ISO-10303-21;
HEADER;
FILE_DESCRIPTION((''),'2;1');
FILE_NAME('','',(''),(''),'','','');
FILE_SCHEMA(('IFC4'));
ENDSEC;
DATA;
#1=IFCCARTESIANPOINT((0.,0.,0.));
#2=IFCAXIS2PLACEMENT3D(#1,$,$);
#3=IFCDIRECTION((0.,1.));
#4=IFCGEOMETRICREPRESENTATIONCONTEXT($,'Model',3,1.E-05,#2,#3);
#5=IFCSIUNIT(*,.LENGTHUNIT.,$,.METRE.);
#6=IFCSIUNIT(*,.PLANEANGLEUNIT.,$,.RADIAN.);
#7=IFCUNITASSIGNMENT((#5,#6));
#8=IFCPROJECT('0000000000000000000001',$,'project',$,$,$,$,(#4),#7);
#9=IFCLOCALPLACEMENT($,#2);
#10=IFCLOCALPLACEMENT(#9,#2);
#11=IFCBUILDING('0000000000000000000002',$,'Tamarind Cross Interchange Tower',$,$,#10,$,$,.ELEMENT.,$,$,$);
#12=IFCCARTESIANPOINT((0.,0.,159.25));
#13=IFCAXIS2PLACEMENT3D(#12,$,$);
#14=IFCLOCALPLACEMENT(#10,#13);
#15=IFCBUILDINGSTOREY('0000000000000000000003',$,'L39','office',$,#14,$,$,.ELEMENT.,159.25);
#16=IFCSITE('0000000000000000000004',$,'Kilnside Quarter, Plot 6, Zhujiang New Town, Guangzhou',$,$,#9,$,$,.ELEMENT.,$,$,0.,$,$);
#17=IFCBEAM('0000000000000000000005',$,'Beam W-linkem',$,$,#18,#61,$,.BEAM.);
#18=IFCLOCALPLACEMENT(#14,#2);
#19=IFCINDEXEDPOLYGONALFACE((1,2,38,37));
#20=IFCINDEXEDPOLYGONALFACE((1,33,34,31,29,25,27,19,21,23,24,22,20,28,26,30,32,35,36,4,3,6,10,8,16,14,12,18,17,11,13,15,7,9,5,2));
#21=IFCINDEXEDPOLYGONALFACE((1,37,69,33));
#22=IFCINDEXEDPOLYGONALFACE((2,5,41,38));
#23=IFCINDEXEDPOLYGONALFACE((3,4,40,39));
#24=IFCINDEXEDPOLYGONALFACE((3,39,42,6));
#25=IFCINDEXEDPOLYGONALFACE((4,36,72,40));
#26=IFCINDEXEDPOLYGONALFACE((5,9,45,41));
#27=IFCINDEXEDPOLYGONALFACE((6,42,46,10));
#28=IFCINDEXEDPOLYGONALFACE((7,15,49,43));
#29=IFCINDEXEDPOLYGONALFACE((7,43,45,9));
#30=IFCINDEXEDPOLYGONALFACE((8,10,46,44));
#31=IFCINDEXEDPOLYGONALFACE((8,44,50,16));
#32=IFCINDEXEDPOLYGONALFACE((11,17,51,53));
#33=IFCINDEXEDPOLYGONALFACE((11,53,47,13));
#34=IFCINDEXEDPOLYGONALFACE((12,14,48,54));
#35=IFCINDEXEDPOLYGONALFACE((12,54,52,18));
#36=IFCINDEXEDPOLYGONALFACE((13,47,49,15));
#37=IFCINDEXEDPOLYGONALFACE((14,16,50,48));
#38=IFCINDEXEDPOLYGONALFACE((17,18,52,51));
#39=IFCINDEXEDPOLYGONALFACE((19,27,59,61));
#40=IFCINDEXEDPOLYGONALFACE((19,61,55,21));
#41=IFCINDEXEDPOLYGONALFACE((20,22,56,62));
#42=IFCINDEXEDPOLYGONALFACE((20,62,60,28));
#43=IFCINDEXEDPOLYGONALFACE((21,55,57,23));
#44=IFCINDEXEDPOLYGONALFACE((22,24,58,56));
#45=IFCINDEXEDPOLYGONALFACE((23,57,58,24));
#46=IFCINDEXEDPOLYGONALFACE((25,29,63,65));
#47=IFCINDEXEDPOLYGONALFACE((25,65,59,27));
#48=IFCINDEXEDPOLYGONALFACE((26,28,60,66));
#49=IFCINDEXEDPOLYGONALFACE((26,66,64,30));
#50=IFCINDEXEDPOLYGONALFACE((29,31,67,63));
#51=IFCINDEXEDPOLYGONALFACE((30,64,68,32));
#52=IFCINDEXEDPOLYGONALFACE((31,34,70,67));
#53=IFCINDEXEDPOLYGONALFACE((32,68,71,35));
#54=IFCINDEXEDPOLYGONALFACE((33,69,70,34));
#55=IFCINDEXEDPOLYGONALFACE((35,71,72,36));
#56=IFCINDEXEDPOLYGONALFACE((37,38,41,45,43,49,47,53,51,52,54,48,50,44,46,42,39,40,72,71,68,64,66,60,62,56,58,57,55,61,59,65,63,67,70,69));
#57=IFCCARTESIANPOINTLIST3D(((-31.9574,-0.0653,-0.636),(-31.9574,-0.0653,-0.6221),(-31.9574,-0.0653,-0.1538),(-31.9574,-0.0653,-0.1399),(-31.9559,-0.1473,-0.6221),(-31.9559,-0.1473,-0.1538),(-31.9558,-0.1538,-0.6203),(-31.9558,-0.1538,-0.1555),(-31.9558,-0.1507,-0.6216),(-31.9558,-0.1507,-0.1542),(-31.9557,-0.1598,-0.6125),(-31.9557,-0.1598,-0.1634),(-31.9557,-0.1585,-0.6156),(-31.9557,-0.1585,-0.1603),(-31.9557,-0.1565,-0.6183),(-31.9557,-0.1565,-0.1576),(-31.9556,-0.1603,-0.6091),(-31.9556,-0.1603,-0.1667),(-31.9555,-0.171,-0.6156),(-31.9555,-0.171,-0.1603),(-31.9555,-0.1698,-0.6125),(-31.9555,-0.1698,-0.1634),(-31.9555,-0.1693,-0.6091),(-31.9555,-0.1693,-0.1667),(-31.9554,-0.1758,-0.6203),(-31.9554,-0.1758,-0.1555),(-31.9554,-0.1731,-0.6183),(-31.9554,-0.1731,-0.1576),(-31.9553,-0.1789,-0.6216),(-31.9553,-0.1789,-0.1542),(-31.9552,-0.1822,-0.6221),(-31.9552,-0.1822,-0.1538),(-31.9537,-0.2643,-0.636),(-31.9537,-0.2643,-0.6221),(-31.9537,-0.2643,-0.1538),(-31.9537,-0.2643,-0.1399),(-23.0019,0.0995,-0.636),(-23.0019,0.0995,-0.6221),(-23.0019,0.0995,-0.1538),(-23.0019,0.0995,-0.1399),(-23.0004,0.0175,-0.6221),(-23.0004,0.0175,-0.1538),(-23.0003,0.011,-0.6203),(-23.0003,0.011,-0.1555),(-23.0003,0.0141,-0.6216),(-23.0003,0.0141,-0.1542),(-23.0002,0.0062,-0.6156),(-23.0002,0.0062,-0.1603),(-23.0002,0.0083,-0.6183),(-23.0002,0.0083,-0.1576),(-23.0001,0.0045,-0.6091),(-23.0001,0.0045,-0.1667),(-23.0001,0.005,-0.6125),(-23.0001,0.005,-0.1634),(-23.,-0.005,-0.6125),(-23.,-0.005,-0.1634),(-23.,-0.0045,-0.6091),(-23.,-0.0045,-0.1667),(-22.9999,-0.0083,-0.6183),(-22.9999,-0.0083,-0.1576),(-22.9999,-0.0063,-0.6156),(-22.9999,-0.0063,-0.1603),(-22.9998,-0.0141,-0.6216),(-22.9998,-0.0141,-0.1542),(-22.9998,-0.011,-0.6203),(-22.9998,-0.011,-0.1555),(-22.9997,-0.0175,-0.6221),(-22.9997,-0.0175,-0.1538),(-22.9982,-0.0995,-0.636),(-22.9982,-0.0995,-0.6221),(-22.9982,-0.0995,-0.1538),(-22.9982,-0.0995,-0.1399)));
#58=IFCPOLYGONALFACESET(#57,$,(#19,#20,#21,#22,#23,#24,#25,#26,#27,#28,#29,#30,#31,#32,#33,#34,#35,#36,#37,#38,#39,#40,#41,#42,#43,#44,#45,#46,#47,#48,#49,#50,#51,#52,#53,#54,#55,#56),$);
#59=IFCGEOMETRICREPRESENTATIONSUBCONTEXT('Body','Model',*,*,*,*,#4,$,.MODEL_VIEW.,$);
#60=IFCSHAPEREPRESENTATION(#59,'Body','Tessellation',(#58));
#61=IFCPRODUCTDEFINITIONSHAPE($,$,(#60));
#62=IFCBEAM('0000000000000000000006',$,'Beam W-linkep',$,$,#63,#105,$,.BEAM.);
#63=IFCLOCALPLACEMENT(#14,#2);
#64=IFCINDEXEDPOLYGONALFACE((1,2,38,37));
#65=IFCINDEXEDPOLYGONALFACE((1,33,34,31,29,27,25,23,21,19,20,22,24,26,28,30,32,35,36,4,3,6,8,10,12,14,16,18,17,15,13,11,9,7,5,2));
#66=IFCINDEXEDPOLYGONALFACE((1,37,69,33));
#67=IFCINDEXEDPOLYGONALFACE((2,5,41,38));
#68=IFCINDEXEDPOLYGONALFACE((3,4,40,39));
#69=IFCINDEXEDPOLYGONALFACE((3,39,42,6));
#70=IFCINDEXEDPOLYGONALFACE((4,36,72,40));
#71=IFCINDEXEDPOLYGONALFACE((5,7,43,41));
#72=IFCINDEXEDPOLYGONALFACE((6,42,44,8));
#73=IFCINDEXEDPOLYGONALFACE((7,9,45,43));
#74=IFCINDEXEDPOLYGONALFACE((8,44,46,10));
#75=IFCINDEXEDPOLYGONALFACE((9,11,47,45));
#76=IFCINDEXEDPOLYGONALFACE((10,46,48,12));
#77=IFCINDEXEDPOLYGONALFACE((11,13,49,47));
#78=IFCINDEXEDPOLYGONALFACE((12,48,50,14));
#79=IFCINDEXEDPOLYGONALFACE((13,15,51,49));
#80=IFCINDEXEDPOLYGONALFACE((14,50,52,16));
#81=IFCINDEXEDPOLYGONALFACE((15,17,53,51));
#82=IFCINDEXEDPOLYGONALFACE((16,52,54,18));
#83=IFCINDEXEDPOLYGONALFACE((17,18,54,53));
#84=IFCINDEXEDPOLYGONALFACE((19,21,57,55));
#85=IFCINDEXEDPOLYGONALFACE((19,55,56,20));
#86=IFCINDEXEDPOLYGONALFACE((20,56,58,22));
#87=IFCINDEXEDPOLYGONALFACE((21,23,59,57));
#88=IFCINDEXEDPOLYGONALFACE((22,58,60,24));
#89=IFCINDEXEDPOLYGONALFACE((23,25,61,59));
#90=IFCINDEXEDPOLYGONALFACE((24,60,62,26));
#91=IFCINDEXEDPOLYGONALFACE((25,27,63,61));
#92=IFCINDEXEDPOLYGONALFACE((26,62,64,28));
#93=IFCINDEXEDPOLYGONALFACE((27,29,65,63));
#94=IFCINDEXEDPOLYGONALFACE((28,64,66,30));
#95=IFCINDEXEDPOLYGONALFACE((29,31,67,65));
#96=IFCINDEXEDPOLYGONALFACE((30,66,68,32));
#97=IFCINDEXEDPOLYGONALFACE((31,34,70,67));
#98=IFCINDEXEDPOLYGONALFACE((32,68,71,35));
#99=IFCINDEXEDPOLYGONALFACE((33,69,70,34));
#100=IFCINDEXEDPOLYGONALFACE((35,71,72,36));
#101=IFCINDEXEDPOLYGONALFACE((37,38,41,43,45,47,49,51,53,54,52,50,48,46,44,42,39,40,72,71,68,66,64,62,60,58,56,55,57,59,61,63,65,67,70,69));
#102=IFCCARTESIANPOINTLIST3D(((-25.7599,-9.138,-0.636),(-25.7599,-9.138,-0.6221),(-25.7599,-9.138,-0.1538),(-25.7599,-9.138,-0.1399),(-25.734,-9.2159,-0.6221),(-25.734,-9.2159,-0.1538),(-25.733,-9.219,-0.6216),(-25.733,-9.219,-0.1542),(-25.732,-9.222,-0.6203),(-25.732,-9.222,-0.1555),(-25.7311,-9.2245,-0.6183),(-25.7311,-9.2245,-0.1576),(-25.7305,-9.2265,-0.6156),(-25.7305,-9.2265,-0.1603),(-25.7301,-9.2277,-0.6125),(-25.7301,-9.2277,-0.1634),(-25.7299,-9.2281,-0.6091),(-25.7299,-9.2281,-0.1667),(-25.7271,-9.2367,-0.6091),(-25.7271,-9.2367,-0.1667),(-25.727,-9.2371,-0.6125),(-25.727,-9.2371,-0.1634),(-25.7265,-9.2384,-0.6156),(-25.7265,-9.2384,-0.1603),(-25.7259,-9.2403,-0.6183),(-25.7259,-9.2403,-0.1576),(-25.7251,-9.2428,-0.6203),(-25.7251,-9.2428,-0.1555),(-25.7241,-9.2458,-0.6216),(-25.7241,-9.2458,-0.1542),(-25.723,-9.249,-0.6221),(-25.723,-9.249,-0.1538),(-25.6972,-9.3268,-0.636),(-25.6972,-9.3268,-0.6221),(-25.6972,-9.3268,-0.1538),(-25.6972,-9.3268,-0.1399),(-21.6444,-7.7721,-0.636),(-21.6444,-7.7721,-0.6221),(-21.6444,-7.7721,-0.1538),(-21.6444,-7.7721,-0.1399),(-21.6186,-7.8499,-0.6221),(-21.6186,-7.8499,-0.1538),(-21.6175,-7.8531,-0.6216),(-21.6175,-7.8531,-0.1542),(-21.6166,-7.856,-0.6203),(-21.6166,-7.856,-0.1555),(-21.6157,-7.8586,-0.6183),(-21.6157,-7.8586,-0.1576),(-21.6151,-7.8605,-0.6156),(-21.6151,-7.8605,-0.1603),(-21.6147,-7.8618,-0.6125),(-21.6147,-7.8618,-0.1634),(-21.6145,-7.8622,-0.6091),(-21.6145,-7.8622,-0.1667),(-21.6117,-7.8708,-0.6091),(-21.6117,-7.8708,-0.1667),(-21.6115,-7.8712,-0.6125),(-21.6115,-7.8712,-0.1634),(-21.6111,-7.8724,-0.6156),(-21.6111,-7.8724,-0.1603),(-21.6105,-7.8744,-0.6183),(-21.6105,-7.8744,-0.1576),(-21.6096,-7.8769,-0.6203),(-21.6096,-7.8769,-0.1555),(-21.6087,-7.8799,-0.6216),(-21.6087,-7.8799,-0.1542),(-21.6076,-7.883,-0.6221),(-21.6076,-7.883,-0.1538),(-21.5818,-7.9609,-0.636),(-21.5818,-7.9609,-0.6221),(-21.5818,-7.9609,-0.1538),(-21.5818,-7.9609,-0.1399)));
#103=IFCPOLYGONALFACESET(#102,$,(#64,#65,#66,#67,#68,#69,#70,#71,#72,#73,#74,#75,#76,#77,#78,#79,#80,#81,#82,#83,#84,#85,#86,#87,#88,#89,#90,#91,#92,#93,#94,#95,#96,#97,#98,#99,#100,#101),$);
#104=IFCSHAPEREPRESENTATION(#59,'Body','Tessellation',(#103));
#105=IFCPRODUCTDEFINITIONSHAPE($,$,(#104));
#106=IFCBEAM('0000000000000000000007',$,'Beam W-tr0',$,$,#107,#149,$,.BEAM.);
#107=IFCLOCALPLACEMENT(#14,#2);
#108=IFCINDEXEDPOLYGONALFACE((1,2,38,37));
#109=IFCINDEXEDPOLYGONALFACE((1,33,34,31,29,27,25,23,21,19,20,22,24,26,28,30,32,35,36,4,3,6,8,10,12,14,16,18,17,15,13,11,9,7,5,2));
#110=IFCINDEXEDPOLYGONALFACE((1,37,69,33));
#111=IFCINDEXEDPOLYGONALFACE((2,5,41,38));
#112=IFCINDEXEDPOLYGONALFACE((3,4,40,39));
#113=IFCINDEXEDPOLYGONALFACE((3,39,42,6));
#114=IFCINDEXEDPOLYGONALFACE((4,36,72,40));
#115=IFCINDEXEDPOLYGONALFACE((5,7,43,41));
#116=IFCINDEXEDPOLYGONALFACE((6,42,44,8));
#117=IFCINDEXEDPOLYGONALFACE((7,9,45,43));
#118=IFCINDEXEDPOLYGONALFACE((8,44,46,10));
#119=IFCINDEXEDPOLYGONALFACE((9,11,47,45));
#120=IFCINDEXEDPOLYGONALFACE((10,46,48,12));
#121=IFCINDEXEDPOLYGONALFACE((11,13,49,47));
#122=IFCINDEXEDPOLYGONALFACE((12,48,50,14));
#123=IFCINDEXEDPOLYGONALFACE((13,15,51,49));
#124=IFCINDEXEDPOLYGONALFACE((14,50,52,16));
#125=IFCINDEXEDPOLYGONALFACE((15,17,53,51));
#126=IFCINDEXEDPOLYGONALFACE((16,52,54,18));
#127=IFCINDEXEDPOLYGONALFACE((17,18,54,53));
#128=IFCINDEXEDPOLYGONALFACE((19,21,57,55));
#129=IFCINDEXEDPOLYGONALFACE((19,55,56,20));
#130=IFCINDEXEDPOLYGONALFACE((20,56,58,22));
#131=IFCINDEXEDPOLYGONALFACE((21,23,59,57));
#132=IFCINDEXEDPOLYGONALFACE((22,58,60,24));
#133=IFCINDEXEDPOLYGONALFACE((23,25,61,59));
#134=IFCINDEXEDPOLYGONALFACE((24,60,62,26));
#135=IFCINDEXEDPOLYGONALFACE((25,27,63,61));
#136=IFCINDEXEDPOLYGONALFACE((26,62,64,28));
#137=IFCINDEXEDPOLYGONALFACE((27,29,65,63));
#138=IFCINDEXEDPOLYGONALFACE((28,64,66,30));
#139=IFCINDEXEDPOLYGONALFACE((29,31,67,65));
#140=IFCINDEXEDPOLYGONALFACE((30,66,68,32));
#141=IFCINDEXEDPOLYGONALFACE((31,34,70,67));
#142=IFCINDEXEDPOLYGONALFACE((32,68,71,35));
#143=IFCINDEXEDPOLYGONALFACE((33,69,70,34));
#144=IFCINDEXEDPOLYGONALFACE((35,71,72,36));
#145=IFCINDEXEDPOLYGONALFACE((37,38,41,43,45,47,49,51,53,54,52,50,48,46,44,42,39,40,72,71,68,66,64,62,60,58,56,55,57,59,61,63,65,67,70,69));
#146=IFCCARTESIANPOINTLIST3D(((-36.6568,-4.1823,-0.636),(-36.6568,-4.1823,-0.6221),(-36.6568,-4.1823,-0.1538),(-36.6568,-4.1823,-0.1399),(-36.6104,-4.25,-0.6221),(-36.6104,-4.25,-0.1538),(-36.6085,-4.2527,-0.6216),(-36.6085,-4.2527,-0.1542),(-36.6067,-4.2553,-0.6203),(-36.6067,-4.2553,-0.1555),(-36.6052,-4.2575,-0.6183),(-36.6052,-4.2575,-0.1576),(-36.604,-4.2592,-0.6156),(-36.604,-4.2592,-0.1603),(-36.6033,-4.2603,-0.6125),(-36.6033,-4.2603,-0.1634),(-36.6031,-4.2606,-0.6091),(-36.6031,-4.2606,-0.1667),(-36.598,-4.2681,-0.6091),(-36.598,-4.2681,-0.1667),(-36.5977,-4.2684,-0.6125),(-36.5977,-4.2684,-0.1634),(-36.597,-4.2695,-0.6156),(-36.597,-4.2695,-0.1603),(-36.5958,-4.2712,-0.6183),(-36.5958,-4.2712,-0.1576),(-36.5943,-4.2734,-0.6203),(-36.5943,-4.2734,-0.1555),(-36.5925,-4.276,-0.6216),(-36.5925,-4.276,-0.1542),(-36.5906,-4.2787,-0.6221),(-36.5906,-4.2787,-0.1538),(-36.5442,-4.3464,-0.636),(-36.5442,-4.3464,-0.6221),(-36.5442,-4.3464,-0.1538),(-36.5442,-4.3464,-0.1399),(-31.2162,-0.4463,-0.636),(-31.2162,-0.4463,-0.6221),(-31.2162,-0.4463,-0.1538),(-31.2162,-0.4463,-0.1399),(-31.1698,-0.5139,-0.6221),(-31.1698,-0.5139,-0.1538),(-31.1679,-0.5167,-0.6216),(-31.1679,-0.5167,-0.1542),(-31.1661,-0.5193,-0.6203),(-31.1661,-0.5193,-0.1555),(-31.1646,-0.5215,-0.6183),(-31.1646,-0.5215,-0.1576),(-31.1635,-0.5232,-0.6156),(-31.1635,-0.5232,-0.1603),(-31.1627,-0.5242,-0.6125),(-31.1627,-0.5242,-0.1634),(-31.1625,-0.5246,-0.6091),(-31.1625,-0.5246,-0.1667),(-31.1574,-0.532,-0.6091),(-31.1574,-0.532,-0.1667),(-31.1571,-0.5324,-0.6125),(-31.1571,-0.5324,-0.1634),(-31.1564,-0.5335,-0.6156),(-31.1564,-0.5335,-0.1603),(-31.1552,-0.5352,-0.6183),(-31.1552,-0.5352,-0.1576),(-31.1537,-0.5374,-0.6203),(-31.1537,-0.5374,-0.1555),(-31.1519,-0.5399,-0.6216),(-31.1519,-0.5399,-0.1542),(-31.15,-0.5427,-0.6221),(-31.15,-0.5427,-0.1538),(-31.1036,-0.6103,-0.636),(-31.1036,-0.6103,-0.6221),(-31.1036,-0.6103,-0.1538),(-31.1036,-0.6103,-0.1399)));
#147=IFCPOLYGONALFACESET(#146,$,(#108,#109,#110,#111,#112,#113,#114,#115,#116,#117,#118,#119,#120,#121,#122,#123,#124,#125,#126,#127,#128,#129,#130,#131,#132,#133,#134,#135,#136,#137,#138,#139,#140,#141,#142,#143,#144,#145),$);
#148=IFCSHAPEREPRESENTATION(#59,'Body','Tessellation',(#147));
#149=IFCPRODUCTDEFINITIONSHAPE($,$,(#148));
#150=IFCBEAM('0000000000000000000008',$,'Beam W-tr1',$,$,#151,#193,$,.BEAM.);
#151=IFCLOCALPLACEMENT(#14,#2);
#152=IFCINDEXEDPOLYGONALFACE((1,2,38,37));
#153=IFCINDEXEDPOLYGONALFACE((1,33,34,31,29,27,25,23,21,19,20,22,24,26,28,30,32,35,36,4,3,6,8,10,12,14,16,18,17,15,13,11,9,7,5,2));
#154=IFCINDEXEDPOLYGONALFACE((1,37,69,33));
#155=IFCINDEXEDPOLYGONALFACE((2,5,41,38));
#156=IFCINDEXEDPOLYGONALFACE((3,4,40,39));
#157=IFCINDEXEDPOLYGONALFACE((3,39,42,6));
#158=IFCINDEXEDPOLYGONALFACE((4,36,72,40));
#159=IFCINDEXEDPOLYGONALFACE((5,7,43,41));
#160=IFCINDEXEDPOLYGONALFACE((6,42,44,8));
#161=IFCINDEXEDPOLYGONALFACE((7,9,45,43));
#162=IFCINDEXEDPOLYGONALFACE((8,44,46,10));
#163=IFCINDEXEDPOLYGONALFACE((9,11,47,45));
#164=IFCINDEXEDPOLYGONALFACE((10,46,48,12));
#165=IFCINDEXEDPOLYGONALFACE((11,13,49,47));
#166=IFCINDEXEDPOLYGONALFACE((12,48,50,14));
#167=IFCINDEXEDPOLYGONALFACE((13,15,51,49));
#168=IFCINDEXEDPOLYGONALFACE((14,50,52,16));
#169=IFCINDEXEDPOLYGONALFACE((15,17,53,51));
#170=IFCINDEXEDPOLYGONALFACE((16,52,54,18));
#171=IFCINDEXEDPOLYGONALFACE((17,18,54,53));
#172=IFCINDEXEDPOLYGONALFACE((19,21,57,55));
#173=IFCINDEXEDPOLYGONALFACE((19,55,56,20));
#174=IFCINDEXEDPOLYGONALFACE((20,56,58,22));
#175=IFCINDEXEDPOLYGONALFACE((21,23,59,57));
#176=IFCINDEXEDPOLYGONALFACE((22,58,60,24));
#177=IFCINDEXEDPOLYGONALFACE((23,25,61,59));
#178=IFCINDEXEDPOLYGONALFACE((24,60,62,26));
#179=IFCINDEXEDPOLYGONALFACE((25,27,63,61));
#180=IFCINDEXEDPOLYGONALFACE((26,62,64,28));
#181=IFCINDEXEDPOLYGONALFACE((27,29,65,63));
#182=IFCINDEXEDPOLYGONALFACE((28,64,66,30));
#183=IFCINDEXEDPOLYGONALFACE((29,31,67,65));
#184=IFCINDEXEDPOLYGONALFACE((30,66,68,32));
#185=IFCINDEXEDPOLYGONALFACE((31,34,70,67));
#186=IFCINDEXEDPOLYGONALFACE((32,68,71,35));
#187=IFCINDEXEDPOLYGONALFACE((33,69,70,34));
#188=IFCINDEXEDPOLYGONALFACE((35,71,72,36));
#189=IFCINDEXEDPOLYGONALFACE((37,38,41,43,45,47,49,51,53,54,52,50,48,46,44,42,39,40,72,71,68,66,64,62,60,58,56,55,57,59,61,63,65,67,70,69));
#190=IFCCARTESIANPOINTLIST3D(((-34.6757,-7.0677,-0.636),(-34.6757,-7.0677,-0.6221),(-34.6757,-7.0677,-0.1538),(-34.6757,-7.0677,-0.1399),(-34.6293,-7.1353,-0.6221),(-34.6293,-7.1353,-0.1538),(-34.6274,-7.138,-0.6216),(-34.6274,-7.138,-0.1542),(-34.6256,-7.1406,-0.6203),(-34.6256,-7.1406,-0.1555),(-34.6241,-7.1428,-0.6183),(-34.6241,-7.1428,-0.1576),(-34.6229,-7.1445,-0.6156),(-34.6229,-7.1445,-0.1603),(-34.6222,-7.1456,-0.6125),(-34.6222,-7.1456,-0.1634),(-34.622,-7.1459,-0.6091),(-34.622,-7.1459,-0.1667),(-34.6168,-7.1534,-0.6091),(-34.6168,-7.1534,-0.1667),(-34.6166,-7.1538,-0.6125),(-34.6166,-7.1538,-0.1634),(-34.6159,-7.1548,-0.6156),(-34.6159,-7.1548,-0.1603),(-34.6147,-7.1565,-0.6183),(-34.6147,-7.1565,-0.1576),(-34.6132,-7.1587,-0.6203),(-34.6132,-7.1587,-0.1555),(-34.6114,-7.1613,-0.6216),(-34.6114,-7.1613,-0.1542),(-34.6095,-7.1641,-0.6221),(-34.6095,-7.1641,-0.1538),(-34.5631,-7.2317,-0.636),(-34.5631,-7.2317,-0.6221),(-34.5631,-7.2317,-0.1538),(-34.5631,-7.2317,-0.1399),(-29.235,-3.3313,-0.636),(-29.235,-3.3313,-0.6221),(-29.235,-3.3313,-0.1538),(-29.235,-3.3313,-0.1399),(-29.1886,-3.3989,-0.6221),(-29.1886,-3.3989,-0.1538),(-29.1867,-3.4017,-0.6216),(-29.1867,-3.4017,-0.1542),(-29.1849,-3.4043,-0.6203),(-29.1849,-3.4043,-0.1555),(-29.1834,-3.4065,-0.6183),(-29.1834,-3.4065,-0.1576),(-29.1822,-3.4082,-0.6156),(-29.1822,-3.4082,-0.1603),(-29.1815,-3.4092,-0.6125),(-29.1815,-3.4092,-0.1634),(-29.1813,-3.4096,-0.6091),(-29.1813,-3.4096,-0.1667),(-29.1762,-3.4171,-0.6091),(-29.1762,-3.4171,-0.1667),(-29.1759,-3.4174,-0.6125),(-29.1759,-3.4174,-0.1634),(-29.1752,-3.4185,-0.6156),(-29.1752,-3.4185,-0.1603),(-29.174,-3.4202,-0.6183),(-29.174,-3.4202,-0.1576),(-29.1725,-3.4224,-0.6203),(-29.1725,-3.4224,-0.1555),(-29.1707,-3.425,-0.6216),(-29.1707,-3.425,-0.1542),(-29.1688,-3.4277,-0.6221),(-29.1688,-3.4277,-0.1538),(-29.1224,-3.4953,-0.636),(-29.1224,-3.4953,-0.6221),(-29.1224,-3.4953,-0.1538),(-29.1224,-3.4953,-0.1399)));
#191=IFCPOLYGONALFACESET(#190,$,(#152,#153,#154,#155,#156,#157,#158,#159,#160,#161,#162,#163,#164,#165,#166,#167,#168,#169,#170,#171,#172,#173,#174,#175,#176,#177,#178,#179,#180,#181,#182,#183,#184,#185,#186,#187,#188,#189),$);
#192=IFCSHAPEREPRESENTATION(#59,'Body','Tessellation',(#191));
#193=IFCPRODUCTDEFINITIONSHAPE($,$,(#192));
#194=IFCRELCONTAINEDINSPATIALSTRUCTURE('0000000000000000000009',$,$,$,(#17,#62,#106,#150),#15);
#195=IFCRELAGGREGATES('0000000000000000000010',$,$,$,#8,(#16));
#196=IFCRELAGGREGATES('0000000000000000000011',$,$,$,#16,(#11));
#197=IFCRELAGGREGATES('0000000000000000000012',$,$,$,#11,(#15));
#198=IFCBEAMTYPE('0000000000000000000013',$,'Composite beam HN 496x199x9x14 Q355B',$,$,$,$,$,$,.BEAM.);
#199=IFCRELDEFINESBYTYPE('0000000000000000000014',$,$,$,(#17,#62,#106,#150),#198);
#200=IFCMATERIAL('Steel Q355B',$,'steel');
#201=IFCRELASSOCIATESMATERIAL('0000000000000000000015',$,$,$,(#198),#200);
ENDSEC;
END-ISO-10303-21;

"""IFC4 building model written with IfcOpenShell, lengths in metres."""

from ifc_helpers import new_model, si_unit, direction, frame, origin, origin_2d, place, context, subcontext, project, spatial, i_section, extrude, material, material_profile, profile_set, type_object, element, save


model = new_model("IFC4")

# Units and contexts
model_context = context("Model", 3, precision=1e-05, world=origin(), true_north=direction((0.0, 1.0)))
body_context = subcontext(model_context, "Body", "Model", "MODEL_VIEW")
ifc_project = project(units=[si_unit("LENGTHUNIT", "METRE"), si_unit("PLANEANGLEUNIT", "RADIAN")], contexts=[model_context])

# Site, building, storey
site_placement = place(None, origin())
site = spatial("IfcSite", under=ifc_project, at=site_placement, Name="Kilnside Quarter, Plot 6, Zhujiang New Town, Guangzhou", CompositionType="ELEMENT", RefElevation=0.0)
building_placement = place(site_placement, origin())
building = spatial("IfcBuilding", under=site, at=building_placement, Name="Tamarind Cross Interchange Tower", CompositionType="ELEMENT")
storey_placement = place(building_placement, frame((0.0, 0.0, 159.25)))
storey = spatial("IfcBuildingStorey", under=building, at=storey_placement, Name="L39", Description="office", CompositionType="ELEMENT", Elevation=159.25)

# Beams
ifc_material_1 = material(Name="Steel Q355B", Category="steel")
ifc_material_profile_1 = material_profile(ifc_material_1, i_section(OverallWidth=0.199, OverallDepth=0.4961, WebThickness=0.009, FlangeThickness=0.0139, FilletRadius=0.0129, at=origin_2d()), Name="HN 496x199x9x14")
ifc_profile_set_1 = profile_set([ifc_material_profile_1], Name="Steel Q355B")
beam_type_1 = type_object("IfcBeamType", Name="Composite beam HN 496x199x9x14 Q355B", PredefinedType="BEAM", material=ifc_profile_set_1)
beam_1_placement = place(storey_placement, frame((-31.9556, -0.1648, -0.3879), z_axis=(0.999831, 0.018398, 0.0), x_axis=(-0.018398, 0.999831, 0.0)))
element("IfcBeam", 1, at=beam_1_placement, inside=storey, type_object=beam_type_1, Name="Beam W-linkem", PredefinedType="BEAM", context=body_context, shape_type="SweptSolid", body=[
    extrude(i_section(OverallWidth=0.199, OverallDepth=0.4961, WebThickness=0.009, FlangeThickness=0.0139, FilletRadius=0.0129, at=origin_2d()), origin(), (0.0, 0.0, 1.0), 8.957),
])
beam_2_placement = place(storey_placement, frame((-25.7285, -9.2324, -0.3879), z_axis=(0.949088, 0.315011, 0.0), x_axis=(-0.315011, 0.949088, 0.0)))
element("IfcBeam", 2, at=beam_2_placement, inside=storey, type_object=beam_type_1, Name="Beam W-linkep", PredefinedType="BEAM", context=body_context, shape_type="SweptSolid", body=[
    extrude(i_section(OverallWidth=0.199, OverallDepth=0.4961, WebThickness=0.009, FlangeThickness=0.0139, FilletRadius=0.0129, at=origin_2d()), origin(), (0.0, 0.0, 1.0), 4.3362),
])
beam_3_placement = place(storey_placement, frame((-31.1599, -0.5283, -0.3879), z_axis=(-0.824352, -0.566078, 0.0), x_axis=(0.566078, -0.824352, 0.0)))
element("IfcBeam", 3, at=beam_3_placement, inside=storey, type_object=beam_type_1, Name="Beam W-tr0", PredefinedType="BEAM", context=body_context, shape_type="SweptSolid", body=[
    extrude(i_section(OverallWidth=0.199, OverallDepth=0.4961, WebThickness=0.009, FlangeThickness=0.0139, FilletRadius=0.0129, at=origin_2d()), origin(), (0.0, 0.0, 1.0), 6.5999),
])
for number, where, z_axis, x_axis, name in (
    (4, (-29.1787, -3.4133, -0.3879), (-0.824334, -0.566103, 0.0), (0.566103, -0.824334, 0.0), "Beam W-tr1"),
):
    element("IfcBeam", number, at=place(storey_placement, frame(where, z_axis=z_axis, x_axis=x_axis)), inside=storey, type_object=beam_type_1, Name=name, PredefinedType="BEAM", context=body_context, shape_type="SweptSolid", body=[
        extrude(i_section(OverallWidth=0.199, OverallDepth=0.4961, WebThickness=0.009, FlangeThickness=0.0139, FilletRadius=0.0129, at=origin_2d()), origin(), (0.0, 0.0, 1.0), 6.6001),
    ])

save(model, "model.ifc")
